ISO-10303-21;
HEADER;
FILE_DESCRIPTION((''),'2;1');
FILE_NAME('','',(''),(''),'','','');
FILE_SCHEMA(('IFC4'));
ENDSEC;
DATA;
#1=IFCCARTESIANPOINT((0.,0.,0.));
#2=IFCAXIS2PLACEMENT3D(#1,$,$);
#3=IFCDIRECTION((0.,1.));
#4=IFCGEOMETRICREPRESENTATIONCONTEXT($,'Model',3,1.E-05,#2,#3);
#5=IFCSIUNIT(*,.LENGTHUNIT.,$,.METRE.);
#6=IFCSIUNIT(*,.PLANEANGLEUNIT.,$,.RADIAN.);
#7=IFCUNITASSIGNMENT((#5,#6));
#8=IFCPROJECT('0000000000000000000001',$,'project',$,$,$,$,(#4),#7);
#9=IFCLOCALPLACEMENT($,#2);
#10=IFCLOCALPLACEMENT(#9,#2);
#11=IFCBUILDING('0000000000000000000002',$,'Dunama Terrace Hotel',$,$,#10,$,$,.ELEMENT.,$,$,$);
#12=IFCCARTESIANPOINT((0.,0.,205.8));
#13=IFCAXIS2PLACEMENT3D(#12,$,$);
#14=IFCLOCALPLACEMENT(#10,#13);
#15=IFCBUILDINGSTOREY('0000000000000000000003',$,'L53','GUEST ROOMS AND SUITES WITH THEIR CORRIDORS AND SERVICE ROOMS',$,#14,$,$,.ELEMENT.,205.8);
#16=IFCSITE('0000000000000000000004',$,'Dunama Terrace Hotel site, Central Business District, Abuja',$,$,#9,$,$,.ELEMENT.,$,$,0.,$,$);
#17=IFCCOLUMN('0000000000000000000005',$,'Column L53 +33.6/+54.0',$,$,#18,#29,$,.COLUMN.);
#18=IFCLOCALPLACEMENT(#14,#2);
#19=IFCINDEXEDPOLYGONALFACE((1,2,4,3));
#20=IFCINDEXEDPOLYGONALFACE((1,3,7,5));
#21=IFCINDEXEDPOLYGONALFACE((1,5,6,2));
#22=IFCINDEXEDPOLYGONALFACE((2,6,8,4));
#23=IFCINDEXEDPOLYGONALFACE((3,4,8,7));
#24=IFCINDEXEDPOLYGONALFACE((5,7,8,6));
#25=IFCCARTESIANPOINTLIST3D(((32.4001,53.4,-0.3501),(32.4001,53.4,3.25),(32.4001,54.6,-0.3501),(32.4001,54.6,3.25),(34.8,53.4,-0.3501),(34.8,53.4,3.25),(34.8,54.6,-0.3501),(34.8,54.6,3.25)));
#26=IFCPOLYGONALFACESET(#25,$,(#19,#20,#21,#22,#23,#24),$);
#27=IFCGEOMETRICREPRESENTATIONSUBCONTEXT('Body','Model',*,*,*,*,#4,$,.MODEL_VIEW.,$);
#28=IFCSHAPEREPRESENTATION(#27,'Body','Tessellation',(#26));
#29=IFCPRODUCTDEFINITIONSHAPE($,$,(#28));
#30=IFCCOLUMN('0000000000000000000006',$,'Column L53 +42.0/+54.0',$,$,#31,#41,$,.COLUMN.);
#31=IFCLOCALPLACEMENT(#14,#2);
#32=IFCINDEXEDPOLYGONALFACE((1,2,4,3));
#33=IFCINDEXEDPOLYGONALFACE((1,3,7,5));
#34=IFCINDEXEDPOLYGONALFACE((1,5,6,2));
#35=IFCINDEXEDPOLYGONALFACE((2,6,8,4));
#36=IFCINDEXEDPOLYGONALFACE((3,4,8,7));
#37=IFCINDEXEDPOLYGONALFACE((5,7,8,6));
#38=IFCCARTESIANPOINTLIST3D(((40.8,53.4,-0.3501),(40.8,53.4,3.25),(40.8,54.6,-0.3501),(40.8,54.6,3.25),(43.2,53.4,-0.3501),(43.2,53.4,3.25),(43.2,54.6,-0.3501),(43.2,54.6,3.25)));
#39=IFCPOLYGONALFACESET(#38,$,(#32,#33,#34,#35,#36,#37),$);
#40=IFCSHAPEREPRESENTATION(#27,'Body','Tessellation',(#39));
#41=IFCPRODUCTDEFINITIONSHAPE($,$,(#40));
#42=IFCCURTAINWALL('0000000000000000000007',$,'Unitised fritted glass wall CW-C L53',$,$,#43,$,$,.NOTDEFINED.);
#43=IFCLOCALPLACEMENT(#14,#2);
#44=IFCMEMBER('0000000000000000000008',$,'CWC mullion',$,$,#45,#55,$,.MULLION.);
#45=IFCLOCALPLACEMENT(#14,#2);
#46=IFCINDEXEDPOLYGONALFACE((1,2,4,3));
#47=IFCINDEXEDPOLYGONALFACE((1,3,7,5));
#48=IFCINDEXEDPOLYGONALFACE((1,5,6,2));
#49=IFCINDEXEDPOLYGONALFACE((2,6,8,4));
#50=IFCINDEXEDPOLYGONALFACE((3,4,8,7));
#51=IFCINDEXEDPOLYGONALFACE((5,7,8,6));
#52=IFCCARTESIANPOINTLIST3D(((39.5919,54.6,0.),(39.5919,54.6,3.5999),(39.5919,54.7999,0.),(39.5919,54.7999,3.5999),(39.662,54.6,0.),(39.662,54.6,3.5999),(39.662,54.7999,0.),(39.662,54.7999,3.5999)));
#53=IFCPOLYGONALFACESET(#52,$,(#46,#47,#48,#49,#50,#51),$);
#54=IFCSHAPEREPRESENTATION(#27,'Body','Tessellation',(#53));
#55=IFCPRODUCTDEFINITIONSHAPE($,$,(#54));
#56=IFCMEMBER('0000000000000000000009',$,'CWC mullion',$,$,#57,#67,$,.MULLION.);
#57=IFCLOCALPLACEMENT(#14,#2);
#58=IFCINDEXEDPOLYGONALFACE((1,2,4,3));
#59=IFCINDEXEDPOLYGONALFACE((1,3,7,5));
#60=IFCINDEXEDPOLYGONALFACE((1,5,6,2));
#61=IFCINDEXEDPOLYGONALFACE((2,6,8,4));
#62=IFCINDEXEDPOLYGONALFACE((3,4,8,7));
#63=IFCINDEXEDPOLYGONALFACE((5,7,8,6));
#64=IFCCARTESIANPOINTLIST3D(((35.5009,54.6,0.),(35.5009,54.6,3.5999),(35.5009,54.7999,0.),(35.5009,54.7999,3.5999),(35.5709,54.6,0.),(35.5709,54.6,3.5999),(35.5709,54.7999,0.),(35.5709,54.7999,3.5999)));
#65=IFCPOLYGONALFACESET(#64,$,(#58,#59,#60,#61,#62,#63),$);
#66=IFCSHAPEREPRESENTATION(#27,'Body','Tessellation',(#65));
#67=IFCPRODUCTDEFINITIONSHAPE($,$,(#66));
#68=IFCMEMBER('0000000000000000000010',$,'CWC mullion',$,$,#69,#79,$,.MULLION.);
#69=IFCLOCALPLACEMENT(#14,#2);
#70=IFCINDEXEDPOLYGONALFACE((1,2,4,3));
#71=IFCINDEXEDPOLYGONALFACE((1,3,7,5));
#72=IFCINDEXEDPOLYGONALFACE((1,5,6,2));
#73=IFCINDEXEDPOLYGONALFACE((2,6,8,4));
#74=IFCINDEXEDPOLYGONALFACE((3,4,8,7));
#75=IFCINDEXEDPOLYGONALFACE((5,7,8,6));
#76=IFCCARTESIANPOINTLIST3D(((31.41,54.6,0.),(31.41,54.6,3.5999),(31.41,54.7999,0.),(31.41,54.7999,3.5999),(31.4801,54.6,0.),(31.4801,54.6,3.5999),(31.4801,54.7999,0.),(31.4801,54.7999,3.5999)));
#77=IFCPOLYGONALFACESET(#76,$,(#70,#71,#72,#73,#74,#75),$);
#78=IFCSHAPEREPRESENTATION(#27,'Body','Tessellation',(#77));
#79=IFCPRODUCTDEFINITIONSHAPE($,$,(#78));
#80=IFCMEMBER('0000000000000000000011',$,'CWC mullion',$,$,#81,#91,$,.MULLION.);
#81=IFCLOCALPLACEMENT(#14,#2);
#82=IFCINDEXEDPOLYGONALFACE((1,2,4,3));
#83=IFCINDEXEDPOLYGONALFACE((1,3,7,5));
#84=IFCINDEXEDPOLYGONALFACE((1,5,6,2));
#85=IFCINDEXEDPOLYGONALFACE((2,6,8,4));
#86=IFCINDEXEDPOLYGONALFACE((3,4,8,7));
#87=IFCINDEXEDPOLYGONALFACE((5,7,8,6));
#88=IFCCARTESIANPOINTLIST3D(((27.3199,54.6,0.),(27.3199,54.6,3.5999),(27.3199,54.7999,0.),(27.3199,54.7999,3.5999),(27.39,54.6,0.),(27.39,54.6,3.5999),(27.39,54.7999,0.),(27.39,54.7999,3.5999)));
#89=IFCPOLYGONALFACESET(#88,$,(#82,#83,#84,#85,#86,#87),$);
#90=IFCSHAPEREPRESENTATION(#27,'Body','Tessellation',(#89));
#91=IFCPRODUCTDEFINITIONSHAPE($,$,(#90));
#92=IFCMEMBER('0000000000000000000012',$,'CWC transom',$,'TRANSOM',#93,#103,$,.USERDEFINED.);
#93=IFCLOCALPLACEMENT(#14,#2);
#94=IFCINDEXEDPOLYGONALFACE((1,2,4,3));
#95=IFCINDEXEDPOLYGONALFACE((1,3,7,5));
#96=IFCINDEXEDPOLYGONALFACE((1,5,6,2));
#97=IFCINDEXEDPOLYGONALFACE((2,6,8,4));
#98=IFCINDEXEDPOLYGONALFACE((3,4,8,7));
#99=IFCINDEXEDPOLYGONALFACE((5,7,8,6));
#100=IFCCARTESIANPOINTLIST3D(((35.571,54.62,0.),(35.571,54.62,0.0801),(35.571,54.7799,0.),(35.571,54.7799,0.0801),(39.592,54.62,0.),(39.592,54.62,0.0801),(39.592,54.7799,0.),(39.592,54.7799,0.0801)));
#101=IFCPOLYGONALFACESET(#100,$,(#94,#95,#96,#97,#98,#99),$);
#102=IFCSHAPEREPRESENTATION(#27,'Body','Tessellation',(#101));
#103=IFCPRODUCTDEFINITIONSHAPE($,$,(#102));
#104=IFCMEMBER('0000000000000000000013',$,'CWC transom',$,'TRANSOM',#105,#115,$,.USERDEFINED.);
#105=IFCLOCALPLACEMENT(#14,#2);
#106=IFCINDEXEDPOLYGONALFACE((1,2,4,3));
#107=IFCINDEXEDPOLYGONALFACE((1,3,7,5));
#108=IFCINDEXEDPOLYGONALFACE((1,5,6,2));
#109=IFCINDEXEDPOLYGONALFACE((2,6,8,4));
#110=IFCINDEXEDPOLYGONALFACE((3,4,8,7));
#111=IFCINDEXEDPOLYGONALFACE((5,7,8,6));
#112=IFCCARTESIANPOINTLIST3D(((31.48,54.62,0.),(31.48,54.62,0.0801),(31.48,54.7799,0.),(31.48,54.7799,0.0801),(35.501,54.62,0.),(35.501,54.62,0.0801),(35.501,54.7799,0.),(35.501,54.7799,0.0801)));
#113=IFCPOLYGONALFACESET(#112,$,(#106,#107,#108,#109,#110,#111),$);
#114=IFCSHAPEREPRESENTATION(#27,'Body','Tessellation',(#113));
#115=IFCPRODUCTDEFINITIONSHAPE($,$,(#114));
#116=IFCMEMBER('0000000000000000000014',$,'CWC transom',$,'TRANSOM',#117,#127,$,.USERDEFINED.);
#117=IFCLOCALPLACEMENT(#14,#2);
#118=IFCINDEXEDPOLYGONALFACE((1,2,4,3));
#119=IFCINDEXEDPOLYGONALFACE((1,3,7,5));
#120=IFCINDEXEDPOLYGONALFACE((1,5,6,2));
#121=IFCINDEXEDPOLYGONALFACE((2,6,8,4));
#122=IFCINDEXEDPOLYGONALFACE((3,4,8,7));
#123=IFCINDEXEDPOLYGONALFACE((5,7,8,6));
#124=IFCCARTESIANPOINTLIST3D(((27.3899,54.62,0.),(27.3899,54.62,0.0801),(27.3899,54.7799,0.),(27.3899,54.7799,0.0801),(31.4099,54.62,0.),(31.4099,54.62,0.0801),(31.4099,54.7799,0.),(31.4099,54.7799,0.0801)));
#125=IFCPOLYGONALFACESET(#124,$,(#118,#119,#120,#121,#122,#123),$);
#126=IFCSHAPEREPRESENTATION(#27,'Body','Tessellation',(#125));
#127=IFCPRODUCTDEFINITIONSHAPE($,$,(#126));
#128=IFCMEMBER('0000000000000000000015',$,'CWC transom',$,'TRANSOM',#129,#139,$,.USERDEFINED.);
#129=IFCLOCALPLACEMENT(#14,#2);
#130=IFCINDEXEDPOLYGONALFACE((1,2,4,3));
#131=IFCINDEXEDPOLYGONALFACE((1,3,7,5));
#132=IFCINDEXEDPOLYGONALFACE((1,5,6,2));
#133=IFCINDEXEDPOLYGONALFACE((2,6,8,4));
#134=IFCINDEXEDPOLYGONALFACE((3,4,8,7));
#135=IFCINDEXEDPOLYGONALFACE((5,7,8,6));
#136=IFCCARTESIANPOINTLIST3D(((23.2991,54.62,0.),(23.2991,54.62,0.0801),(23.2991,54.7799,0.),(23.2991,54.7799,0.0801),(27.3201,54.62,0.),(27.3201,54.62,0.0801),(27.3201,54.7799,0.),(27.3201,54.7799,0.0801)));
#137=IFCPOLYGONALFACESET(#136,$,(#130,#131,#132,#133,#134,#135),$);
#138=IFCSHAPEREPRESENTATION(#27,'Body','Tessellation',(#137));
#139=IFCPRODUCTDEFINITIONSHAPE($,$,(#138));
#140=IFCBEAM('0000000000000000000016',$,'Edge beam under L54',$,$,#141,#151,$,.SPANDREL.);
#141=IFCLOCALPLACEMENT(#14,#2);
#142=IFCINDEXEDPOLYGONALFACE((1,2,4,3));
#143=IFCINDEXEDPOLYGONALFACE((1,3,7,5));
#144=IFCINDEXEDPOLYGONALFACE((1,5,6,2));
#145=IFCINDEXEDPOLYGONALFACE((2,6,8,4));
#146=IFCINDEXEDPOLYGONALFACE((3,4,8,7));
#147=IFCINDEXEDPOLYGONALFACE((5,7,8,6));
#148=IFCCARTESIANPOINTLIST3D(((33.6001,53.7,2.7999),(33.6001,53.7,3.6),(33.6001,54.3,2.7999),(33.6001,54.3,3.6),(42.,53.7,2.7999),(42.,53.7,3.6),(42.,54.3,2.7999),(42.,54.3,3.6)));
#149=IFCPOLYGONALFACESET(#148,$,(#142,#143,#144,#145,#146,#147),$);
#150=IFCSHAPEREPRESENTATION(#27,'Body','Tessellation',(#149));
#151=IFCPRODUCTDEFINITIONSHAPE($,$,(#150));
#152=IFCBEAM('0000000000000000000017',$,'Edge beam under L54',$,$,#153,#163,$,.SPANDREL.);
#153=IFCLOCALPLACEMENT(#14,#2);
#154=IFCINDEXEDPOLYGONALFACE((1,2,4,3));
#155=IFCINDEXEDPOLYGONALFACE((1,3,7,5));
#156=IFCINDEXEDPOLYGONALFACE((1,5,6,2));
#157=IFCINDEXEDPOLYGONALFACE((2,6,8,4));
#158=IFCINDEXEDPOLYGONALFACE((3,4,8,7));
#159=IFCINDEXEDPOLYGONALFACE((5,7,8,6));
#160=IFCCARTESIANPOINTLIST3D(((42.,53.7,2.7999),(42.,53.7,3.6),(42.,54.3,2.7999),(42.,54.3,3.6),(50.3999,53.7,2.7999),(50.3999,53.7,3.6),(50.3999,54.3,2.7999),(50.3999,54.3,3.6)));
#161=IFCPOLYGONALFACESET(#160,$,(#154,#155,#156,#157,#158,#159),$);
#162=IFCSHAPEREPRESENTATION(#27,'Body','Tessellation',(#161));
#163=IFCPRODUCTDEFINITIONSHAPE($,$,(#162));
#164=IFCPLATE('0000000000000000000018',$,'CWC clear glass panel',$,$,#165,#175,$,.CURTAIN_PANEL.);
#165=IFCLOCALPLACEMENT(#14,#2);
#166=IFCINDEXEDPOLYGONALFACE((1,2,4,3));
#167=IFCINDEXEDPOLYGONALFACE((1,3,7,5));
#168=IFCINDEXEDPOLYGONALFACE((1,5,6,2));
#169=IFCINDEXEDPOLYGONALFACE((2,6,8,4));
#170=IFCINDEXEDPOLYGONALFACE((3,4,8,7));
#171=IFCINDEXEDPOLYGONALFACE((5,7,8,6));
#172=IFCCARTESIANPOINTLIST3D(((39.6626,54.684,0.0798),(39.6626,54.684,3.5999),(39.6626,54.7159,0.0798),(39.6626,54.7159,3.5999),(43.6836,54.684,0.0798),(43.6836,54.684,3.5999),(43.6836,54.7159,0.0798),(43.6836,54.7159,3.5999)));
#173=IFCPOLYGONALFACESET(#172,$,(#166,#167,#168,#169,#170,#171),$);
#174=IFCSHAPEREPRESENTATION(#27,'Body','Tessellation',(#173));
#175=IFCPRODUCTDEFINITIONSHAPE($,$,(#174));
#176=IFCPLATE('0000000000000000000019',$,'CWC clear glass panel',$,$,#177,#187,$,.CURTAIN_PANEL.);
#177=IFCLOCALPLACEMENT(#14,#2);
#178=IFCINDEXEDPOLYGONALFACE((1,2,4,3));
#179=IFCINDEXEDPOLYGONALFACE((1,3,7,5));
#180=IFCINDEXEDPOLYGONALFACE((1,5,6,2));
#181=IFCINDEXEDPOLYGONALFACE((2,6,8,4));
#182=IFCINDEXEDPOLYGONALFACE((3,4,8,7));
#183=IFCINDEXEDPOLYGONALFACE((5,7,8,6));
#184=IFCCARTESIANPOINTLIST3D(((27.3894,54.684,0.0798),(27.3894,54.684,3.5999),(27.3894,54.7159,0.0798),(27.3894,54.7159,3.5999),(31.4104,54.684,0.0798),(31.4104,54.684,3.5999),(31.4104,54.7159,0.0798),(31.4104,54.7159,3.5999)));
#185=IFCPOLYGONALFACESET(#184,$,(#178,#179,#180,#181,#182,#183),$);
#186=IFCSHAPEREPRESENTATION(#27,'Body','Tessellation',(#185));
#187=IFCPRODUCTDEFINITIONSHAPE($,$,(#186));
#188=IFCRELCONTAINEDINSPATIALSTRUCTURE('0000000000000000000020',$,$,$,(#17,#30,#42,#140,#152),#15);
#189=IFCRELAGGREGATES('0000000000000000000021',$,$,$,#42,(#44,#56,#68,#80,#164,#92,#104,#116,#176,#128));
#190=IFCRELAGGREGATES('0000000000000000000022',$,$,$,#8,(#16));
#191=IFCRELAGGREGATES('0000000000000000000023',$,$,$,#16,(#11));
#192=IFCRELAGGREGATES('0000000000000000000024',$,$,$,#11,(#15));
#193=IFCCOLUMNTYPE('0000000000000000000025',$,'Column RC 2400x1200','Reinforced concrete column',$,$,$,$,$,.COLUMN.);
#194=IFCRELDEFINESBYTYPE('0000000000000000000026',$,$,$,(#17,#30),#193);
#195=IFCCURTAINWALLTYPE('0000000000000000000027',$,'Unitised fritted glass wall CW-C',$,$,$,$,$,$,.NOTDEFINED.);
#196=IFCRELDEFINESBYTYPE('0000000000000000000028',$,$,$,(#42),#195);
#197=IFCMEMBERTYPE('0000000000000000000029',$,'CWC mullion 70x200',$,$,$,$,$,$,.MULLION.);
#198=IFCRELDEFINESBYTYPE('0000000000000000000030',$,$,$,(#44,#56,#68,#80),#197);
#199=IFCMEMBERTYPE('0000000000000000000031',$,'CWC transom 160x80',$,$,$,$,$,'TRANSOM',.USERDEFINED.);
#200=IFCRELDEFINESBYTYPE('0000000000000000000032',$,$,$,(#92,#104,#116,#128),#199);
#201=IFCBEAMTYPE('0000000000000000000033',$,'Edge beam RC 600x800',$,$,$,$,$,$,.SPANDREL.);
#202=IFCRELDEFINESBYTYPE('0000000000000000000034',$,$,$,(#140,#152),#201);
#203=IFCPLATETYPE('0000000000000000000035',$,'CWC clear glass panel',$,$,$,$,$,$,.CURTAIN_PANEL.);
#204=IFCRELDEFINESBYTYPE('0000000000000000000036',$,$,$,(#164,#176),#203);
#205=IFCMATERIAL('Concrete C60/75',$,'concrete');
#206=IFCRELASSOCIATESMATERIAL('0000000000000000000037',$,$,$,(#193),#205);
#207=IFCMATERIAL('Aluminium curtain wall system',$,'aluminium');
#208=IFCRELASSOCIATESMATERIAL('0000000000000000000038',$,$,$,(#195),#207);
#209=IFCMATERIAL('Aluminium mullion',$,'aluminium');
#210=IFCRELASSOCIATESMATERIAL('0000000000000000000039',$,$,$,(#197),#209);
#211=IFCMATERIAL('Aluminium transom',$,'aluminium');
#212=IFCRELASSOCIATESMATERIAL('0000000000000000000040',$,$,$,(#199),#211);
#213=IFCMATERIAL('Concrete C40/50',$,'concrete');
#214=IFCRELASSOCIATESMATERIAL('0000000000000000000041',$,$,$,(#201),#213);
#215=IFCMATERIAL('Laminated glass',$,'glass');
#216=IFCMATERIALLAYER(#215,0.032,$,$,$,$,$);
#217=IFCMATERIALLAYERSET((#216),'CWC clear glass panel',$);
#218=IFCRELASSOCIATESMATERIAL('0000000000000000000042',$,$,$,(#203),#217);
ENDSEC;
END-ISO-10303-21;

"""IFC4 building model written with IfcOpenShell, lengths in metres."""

from ifc_helpers import new_model, si_unit, direction, frame, origin, origin_2d, place, context, subcontext, project, spatial, rectangle, extrude, material, layer, layer_set, material_profile, profile_set, type_object, element, aggregate, save


model = new_model("IFC4")

# Units and contexts
model_context = context("Model", 3, precision=1e-05, world=origin(), true_north=direction((0.0, 1.0)))
body_context = subcontext(model_context, "Body", "Model", "MODEL_VIEW")
ifc_project = project(units=[si_unit("LENGTHUNIT", "METRE"), si_unit("PLANEANGLEUNIT", "RADIAN")], contexts=[model_context])

# Site, building, storey
site_placement = place(None, origin())
site = spatial("IfcSite", under=ifc_project, at=site_placement, Name="Dunama Terrace Hotel site, Central Business District, Abuja", CompositionType="ELEMENT", RefElevation=0.0)
building_placement = place(site_placement, origin())
building = spatial("IfcBuilding", under=site, at=building_placement, Name="Dunama Terrace Hotel", CompositionType="ELEMENT")
storey_placement = place(building_placement, frame((0.0, 0.0, 205.8)))
storey = spatial("IfcBuildingStorey", under=building, at=storey_placement, Name="L53", Description="GUEST ROOMS AND SUITES WITH THEIR CORRIDORS AND SERVICE ROOMS", CompositionType="ELEMENT", Elevation=205.8)

# Columns
ifc_material_1 = material(Name="Concrete C60/75", Category="concrete")
ifc_material_profile_1 = material_profile(ifc_material_1, rectangle(XDim=2.3999, YDim=1.2, at=origin_2d()), Name="RC 2400x1200")
ifc_profile_set_1 = profile_set([ifc_material_profile_1], Name="Concrete C60/75")
column_type = type_object("IfcColumnType", Name="Column RC 2400x1200", Description="Reinforced concrete column", PredefinedType="COLUMN", material=ifc_profile_set_1)
for number, where, z_axis, x_axis, name in (
    (1, (33.6001, 54.0, -0.3501), (0.0, 0.0, 1.0), (1.0, 0.0, 0.0), "Column L53 +33.6/+54.0"),
    (2, (42.0, 54.0, -0.3501), (0.0, 0.0, 1.0), (1.0, 0.0, 0.0), "Column L53 +42.0/+54.0"),
):
    element("IfcColumn", number, at=place(storey_placement, frame(where, z_axis=z_axis, x_axis=x_axis)), inside=storey, type_object=column_type, Name=name, PredefinedType="COLUMN", context=body_context, shape_type="SweptSolid", body=[
        extrude(rectangle(XDim=2.3999, YDim=1.2, at=origin_2d()), origin(), (0.0, 0.0, 1.0), 3.6001),
    ])

# Curtain wall, members
ifc_material_2 = material(Name="Aluminium curtain wall system", Category="aluminium")
curtain_wall_type = type_object("IfcCurtainWallType", Name="Unitised fritted glass wall CW-C", PredefinedType="NOTDEFINED", material=ifc_material_2)
curtain_wall_placement = place(storey_placement, origin())
curtain_wall = element("IfcCurtainWall", 3, at=curtain_wall_placement, inside=storey, type_object=curtain_wall_type, Name="Unitised fritted glass wall CW-C L53", PredefinedType="NOTDEFINED")
ifc_material_3 = material(Name="Aluminium mullion", Category="aluminium")
ifc_material_profile_2 = material_profile(ifc_material_3, rectangle(XDim=0.0701, YDim=0.2, at=origin_2d()), Name="CWC MULLION 70X200")
ifc_profile_set_2 = profile_set([ifc_material_profile_2], Name="Aluminium mullion")
member_type_1 = type_object("IfcMemberType", Name="CWC mullion 70x200", PredefinedType="MULLION", material=ifc_profile_set_2)
member_1_placement = place(storey_placement, frame((39.627, 54.7, 0.0), z_axis=(0.0, 0.0, 1.0), x_axis=(-1.0, 0.0, 0.0)))
member_1 = element("IfcMember", 4, at=member_1_placement, type_object=member_type_1, Name="CWC mullion", PredefinedType="MULLION", context=body_context, shape_type="SweptSolid", body=[
    extrude(rectangle(XDim=0.0701, YDim=0.2, at=origin_2d()), origin(), (0.0, 0.0, 1.0), 3.5999),
])
member_2_placement = place(storey_placement, frame((35.5359, 54.7, 0.0), z_axis=(0.0, 0.0, 1.0), x_axis=(-1.0, 0.0, 0.0)))
member_2 = element("IfcMember", 5, at=member_2_placement, type_object=member_type_1, Name="CWC mullion", PredefinedType="MULLION", context=body_context, shape_type="SweptSolid", body=[
    extrude(rectangle(XDim=0.0701, YDim=0.2, at=origin_2d()), origin(), (0.0, 0.0, 1.0), 3.5999),
])
member_3_placement = place(storey_placement, frame((31.4451, 54.7, 0.0), z_axis=(0.0, 0.0, 1.0), x_axis=(-1.0, 0.0, 0.0)))
member_3 = element("IfcMember", 6, at=member_3_placement, type_object=member_type_1, Name="CWC mullion", PredefinedType="MULLION", context=body_context, shape_type="SweptSolid", body=[
    extrude(rectangle(XDim=0.0701, YDim=0.2, at=origin_2d()), origin(), (0.0, 0.0, 1.0), 3.5999),
])
member_4_placement = place(storey_placement, frame((27.355, 54.7, 0.0), z_axis=(0.0, 0.0, 1.0), x_axis=(-1.0, 0.0, 0.0)))
member_4 = element("IfcMember", 7, at=member_4_placement, type_object=member_type_1, Name="CWC mullion", PredefinedType="MULLION", context=body_context, shape_type="SweptSolid", body=[
    extrude(rectangle(XDim=0.0701, YDim=0.2, at=origin_2d()), origin(), (0.0, 0.0, 1.0), 3.5999),
])
ifc_material_4 = material(Name="Aluminium transom", Category="aluminium")
ifc_material_profile_3 = material_profile(ifc_material_4, rectangle(XDim=0.1599, YDim=0.0801, at=origin_2d()), Name="CWC TRANSOM 160X80")
ifc_profile_set_3 = profile_set([ifc_material_profile_3], Name="Aluminium transom")
member_type_2 = type_object("IfcMemberType", Name="CWC transom 160x80", ElementType="TRANSOM", PredefinedType="USERDEFINED", material=ifc_profile_set_3)
member_5_placement = place(storey_placement, frame((39.592, 54.7, 0.04), z_axis=(-1.0, 0.0, 0.0), x_axis=(0.0, -1.0, 0.0)))
member_5 = element("IfcMember", 8, at=member_5_placement, type_object=member_type_2, Name="CWC transom", ObjectType="TRANSOM", PredefinedType="USERDEFINED", context=body_context, shape_type="SweptSolid", body=[
    extrude(rectangle(XDim=0.1599, YDim=0.0801, at=origin_2d()), origin(), (0.0, 0.0, 1.0), 4.021),
])
member_6_placement = place(storey_placement, frame((35.501, 54.7, 0.04), z_axis=(-1.0, 0.0, 0.0), x_axis=(0.0, -1.0, 0.0)))
member_6 = element("IfcMember", 9, at=member_6_placement, type_object=member_type_2, Name="CWC transom", ObjectType="TRANSOM", PredefinedType="USERDEFINED", context=body_context, shape_type="SweptSolid", body=[
    extrude(rectangle(XDim=0.1599, YDim=0.0801, at=origin_2d()), origin(), (0.0, 0.0, 1.0), 4.021),
])
member_7_placement = place(storey_placement, frame((31.4099, 54.7, 0.04), z_axis=(-1.0, 0.0, 0.0), x_axis=(0.0, -1.0, 0.0)))
member_7 = element("IfcMember", 10, at=member_7_placement, type_object=member_type_2, Name="CWC transom", ObjectType="TRANSOM", PredefinedType="USERDEFINED", context=body_context, shape_type="SweptSolid", body=[
    extrude(rectangle(XDim=0.1599, YDim=0.0801, at=origin_2d()), origin(), (0.0, 0.0, 1.0), 4.02),
])
member_8_placement = place(storey_placement, frame((27.3201, 54.7, 0.04), z_axis=(-1.0, 0.0, 0.0), x_axis=(0.0, -1.0, 0.0)))
member_8 = element("IfcMember", 11, at=member_8_placement, type_object=member_type_2, Name="CWC transom", ObjectType="TRANSOM", PredefinedType="USERDEFINED", context=body_context, shape_type="SweptSolid", body=[
    extrude(rectangle(XDim=0.1599, YDim=0.0801, at=origin_2d()), origin(), (0.0, 0.0, 1.0), 4.021),
])

# Beams
ifc_material_5 = material(Name="Concrete C40/50", Category="concrete")
ifc_material_profile_4 = material_profile(ifc_material_5, rectangle(XDim=0.6001, YDim=0.8, at=origin_2d()), Name="RC 600x800")
ifc_profile_set_4 = profile_set([ifc_material_profile_4], Name="Concrete C40/50")
beam_type = type_object("IfcBeamType", Name="Edge beam RC 600x800", PredefinedType="SPANDREL", material=ifc_profile_set_4)
for number, where, z_axis, x_axis, name in (
    (12, (33.6001, 54.0, 3.2), (1.0, 0.0, 0.0), (0.0, 1.0, 0.0), "Edge beam under L54"),
    (13, (42.0, 54.0, 3.2), (1.0, 0.0, 0.0), (0.0, 1.0, 0.0), "Edge beam under L54"),
):
    element("IfcBeam", number, at=place(storey_placement, frame(where, z_axis=z_axis, x_axis=x_axis)), inside=storey, type_object=beam_type, Name=name, PredefinedType="SPANDREL", context=body_context, shape_type="SweptSolid", body=[
        extrude(rectangle(XDim=0.6001, YDim=0.8, at=origin_2d()), origin(), (0.0, 0.0, 1.0), 8.3999),
    ])

# Plates
ifc_material_6 = material(Name="Laminated glass", Category="glass")
ifc_layer_1 = layer(ifc_material_6, 0.032)
ifc_layer_set_1 = layer_set([ifc_layer_1], Name="CWC clear glass panel")
plate_type_1 = type_object("IfcPlateType", Name="CWC clear glass panel", PredefinedType="CURTAIN_PANEL", material=ifc_layer_set_1)
plate_1_placement = place(storey_placement, frame((41.6731, 54.7, 0.0798), z_axis=(0.0, 0.0, 1.0), x_axis=(-1.0, 0.0, 0.0)))
plate_1 = element("IfcPlate", 14, at=plate_1_placement, type_object=plate_type_1, Name="CWC clear glass panel", PredefinedType="CURTAIN_PANEL", context=body_context, shape_type="SweptSolid", body=[
    extrude(rectangle(XDim=4.021, YDim=0.032, at=origin_2d()), origin(), (0.0, 0.0, 1.0), 3.52),
])
plate_2_placement = place(storey_placement, frame((29.3999, 54.7, 0.0798), z_axis=(0.0, 0.0, 1.0), x_axis=(-1.0, 0.0, 0.0)))
plate_2 = element("IfcPlate", 15, at=plate_2_placement, type_object=plate_type_1, Name="CWC clear glass panel", PredefinedType="CURTAIN_PANEL", context=body_context, shape_type="SweptSolid", body=[
    extrude(rectangle(XDim=4.021, YDim=0.032, at=origin_2d()), origin(), (0.0, 0.0, 1.0), 3.52),
])
aggregate(curtain_wall, [member_1, member_2, member_3, member_4, plate_1, member_5, member_6, member_7, plate_2, member_8])

save(model, "model.ifc")
